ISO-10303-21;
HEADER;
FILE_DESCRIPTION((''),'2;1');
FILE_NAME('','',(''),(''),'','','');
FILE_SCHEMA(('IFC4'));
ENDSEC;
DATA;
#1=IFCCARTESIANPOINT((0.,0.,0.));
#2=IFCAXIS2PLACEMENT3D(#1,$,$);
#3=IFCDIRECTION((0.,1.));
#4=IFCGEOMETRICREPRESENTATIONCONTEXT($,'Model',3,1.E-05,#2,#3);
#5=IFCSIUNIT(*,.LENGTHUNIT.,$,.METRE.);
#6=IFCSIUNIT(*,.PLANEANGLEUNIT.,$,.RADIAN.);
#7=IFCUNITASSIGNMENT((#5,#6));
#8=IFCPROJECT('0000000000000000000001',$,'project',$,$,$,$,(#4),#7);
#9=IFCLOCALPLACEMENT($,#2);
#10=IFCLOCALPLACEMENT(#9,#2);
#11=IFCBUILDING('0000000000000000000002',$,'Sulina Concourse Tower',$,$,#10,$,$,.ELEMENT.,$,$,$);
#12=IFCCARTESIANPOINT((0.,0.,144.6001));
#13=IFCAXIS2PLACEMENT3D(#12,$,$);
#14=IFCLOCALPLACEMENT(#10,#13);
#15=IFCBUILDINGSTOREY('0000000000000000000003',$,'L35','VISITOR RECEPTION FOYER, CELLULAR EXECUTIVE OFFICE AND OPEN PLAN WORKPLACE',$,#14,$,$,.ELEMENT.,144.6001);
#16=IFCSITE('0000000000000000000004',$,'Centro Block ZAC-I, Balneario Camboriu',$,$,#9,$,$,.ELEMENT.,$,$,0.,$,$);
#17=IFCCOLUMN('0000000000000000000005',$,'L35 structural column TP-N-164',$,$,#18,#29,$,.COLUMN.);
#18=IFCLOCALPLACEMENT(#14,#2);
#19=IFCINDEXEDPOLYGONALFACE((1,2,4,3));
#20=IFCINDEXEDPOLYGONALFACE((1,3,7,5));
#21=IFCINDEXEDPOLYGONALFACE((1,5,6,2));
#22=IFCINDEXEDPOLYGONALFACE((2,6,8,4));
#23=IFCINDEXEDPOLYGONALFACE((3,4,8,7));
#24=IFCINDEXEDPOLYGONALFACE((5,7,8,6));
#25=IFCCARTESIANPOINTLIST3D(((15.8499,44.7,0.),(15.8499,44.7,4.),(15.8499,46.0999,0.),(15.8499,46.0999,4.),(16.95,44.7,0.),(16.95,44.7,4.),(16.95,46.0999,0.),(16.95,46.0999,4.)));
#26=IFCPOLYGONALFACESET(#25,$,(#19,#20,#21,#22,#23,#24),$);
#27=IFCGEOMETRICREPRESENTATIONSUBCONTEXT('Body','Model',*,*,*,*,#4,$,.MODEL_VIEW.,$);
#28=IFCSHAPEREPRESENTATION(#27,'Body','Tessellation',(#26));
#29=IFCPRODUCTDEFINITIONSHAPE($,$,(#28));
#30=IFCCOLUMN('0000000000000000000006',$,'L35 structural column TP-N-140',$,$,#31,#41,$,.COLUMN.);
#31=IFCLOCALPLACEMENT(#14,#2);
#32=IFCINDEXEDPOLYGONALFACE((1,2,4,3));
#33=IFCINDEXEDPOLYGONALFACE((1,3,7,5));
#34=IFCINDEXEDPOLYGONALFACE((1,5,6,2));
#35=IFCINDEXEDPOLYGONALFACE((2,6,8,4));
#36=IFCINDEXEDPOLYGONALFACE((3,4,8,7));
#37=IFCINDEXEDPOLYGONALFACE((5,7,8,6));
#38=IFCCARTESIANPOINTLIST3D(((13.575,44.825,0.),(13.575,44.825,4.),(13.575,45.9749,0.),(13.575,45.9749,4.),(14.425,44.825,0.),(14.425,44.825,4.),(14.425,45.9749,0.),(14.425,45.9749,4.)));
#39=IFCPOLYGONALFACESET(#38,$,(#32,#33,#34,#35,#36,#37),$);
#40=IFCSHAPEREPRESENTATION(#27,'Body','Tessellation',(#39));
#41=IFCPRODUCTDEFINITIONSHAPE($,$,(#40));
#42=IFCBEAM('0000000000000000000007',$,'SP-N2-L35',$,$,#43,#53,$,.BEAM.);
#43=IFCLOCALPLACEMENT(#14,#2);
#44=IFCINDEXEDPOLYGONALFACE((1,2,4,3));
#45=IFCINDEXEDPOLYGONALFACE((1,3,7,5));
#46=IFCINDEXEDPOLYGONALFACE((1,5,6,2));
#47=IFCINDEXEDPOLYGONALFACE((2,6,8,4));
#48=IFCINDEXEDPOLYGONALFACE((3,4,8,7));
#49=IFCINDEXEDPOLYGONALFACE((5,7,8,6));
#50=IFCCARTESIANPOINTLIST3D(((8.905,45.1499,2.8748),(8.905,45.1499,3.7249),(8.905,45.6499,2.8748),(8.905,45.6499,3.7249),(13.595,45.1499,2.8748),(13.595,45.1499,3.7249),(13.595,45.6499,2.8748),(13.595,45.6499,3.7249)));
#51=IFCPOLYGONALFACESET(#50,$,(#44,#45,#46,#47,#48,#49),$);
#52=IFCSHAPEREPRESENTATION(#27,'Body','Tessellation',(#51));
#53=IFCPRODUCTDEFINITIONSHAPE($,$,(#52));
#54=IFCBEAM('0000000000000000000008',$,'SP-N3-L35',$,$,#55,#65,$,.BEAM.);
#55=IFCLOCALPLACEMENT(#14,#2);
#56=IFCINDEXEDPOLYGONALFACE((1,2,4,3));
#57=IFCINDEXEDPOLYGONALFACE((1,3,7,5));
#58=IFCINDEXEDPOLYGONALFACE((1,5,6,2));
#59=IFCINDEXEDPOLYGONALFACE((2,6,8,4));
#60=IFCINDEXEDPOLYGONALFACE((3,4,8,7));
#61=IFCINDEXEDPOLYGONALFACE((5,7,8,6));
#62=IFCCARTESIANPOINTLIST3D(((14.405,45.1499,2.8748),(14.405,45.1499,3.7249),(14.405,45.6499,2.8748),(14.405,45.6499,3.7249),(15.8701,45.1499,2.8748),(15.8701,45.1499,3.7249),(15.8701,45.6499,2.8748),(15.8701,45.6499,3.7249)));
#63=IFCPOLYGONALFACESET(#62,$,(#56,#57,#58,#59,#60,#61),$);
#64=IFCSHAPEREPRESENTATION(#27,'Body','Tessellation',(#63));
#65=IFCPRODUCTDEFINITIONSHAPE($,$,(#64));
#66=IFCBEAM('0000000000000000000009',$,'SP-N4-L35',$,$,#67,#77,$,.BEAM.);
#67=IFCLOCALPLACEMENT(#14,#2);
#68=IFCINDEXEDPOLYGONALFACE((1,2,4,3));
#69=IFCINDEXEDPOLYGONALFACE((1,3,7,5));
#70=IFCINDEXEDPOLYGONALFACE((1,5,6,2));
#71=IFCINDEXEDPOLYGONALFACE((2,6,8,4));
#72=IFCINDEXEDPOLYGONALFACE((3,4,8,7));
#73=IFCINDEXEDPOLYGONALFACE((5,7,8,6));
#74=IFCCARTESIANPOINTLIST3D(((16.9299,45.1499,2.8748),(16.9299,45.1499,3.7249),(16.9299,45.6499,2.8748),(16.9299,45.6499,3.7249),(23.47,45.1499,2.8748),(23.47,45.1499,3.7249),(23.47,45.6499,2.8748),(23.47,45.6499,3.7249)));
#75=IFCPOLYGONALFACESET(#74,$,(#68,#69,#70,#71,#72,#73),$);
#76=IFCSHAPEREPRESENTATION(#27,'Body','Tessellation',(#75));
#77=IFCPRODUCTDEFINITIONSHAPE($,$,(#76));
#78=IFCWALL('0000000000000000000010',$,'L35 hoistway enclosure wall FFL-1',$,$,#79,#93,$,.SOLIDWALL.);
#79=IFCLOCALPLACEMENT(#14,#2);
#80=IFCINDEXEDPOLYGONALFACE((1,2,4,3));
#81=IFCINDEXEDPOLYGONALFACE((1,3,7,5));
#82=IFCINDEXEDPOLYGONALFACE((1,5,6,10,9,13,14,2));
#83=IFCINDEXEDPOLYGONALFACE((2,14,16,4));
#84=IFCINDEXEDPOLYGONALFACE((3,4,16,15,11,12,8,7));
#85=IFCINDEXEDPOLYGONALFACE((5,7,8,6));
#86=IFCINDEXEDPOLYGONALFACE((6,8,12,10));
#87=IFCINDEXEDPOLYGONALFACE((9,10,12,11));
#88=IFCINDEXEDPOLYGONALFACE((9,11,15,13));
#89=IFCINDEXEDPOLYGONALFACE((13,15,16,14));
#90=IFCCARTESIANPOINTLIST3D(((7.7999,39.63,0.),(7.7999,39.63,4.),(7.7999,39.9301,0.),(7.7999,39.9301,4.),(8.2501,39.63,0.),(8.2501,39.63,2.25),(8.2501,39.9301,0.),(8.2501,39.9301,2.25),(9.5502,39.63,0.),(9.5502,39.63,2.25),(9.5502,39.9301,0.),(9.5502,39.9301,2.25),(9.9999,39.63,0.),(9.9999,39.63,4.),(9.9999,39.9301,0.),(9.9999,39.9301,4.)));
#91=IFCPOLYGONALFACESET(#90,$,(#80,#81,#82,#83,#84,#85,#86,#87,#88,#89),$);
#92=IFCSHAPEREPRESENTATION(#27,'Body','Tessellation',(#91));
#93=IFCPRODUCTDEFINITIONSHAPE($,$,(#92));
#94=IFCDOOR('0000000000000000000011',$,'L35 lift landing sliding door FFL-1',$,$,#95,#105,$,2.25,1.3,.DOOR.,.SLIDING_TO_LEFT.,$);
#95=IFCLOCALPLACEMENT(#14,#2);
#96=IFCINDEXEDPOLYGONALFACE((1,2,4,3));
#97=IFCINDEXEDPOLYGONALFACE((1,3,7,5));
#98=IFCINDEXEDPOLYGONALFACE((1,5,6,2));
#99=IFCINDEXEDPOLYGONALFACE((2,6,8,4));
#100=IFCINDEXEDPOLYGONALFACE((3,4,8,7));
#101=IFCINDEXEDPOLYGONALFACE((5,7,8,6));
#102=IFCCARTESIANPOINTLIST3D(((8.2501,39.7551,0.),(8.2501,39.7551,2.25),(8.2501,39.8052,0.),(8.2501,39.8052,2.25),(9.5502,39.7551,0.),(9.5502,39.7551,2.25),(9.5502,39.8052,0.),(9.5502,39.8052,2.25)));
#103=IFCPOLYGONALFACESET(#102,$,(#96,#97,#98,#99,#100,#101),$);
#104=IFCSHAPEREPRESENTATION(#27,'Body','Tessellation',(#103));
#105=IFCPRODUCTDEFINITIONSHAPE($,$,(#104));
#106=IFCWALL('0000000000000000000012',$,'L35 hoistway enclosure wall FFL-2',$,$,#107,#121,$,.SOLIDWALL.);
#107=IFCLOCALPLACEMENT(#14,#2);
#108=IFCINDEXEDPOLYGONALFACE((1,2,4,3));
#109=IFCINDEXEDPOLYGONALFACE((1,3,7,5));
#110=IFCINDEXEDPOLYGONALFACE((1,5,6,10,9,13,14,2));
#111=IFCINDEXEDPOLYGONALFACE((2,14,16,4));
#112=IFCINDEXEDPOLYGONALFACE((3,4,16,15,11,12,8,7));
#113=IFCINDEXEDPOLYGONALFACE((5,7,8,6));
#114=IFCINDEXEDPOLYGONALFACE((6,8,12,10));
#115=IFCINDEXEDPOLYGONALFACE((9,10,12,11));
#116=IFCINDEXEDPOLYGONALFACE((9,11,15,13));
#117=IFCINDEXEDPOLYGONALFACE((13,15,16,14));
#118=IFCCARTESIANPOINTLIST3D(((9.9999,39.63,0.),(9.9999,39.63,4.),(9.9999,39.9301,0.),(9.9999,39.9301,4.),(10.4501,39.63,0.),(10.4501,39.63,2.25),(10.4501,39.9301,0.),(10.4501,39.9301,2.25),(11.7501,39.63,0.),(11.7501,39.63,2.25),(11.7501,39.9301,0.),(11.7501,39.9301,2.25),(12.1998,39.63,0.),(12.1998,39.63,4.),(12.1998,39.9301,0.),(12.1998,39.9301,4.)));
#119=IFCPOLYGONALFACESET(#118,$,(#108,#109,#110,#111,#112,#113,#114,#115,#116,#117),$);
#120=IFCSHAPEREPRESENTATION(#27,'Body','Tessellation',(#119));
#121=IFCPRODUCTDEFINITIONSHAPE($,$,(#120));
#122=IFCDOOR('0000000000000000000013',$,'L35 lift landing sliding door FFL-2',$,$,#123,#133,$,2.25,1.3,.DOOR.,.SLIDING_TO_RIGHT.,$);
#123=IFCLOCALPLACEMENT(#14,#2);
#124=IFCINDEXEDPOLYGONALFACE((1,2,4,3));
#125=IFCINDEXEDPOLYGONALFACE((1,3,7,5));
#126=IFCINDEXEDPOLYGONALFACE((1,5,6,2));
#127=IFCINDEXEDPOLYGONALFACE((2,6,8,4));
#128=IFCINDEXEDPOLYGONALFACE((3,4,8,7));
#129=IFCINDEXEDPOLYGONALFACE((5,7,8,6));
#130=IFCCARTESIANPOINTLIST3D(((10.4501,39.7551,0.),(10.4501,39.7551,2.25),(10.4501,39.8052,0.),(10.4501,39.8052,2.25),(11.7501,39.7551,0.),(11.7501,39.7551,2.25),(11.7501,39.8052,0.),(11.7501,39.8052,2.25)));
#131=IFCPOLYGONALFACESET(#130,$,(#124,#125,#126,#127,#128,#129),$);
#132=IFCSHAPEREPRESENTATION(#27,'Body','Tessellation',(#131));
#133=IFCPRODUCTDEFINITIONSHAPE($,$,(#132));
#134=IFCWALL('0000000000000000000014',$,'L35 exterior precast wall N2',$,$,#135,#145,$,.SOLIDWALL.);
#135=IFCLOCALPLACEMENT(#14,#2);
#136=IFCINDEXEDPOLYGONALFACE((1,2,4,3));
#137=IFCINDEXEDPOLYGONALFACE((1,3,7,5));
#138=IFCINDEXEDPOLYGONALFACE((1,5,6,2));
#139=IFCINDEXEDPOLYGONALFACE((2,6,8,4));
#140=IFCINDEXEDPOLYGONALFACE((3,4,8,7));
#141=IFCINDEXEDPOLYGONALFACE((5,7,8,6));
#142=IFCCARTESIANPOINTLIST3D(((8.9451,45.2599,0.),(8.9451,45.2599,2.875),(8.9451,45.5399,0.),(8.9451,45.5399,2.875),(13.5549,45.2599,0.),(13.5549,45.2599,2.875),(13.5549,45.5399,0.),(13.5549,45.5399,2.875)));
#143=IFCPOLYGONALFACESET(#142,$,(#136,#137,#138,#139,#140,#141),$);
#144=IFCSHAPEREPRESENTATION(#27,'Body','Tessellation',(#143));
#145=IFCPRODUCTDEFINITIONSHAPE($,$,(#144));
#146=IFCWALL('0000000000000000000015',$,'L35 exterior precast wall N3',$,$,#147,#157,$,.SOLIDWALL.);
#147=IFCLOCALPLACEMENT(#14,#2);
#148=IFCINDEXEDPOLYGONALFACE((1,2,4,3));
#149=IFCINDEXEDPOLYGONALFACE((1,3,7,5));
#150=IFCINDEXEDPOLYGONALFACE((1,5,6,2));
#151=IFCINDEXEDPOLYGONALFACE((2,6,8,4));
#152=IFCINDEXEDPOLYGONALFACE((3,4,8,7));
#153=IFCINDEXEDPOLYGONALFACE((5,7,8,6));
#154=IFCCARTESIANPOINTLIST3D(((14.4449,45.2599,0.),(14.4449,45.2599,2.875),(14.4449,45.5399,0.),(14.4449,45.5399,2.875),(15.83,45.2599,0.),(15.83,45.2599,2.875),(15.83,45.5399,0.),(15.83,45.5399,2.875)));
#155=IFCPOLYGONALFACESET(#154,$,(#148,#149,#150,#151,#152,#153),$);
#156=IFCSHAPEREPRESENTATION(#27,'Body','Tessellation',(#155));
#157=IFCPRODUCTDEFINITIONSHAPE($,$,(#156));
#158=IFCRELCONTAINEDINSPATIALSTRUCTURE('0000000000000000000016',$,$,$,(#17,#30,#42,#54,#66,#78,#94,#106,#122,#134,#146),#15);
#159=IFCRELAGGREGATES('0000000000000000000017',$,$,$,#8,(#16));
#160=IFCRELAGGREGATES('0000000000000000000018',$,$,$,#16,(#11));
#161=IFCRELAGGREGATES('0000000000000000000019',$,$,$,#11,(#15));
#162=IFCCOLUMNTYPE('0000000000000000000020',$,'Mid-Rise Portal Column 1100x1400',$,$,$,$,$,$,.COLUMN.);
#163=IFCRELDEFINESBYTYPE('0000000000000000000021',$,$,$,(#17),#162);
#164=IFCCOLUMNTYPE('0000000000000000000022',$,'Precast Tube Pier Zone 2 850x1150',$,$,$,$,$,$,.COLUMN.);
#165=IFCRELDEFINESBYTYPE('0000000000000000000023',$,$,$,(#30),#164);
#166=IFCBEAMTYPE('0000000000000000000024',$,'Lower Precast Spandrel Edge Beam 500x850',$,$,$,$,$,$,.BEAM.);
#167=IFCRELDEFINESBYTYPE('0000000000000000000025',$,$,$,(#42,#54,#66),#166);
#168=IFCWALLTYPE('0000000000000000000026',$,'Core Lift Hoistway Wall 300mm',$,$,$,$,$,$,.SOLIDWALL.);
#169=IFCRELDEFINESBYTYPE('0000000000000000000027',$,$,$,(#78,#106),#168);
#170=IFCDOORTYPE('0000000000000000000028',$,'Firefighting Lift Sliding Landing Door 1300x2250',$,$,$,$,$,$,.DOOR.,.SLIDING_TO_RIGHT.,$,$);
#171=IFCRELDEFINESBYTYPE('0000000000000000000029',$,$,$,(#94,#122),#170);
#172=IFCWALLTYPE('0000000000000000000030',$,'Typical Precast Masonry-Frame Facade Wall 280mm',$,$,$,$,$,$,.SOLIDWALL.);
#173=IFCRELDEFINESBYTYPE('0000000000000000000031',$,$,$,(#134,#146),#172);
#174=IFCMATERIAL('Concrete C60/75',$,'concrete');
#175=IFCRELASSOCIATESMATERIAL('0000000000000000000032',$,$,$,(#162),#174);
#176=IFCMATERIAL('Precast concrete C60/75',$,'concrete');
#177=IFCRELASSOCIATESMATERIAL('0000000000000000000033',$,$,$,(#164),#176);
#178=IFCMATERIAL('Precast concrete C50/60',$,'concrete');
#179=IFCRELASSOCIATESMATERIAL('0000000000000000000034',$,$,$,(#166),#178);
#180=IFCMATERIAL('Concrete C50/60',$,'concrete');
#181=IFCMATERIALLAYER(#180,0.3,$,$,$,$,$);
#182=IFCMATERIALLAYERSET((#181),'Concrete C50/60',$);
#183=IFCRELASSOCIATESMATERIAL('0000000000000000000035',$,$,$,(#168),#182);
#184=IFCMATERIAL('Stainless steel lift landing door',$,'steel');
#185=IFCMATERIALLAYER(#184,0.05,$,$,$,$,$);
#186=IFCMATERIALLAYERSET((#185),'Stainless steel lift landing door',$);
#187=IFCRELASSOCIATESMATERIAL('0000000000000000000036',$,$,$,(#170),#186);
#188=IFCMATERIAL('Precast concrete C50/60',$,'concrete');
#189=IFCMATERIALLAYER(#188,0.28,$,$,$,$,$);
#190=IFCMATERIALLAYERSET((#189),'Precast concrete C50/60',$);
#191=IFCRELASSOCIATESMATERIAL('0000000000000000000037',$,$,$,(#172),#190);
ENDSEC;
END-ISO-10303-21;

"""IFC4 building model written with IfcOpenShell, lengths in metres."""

from ifc_helpers import new_model, si_unit, direction, frame, frame_2d, origin, origin_2d, place, context, subcontext, project, spatial, rectangle, extrude, material, layer, layer_set, material_profile, profile_set, type_object, element, fill, save


model = new_model("IFC4")

# Units and contexts
model_context = context("Model", 3, precision=1e-05, world=origin(), true_north=direction((0.0, 1.0)))
body_context = subcontext(model_context, "Body", "Model", "MODEL_VIEW")
ifc_project = project(units=[si_unit("LENGTHUNIT", "METRE"), si_unit("PLANEANGLEUNIT", "RADIAN")], contexts=[model_context])

# Site, building, storey
site_placement = place(None, origin())
site = spatial("IfcSite", under=ifc_project, at=site_placement, Name="Centro Block ZAC-I, Balneario Camboriu", CompositionType="ELEMENT", RefElevation=0.0)
building_placement = place(site_placement, origin())
building = spatial("IfcBuilding", under=site, at=building_placement, Name="Sulina Concourse Tower", CompositionType="ELEMENT")
storey_placement = place(building_placement, frame((0.0, 0.0, 144.6001)))
storey = spatial("IfcBuildingStorey", under=building, at=storey_placement, Name="L35", Description="VISITOR RECEPTION FOYER, CELLULAR EXECUTIVE OFFICE AND OPEN PLAN WORKPLACE", CompositionType="ELEMENT", Elevation=144.6001)

# Columns
ifc_material_1 = material(Name="Concrete C60/75", Category="concrete")
ifc_material_profile_1 = material_profile(ifc_material_1, rectangle(XDim=1.1001, YDim=1.3999, at=origin_2d()), Name="RC 1100x1400")
ifc_profile_set_1 = profile_set([ifc_material_profile_1], Name="Concrete C60/75")
column_type_1 = type_object("IfcColumnType", Name="Mid-Rise Portal Column 1100x1400", PredefinedType="COLUMN", material=ifc_profile_set_1)
column_1_placement = place(storey_placement, frame((16.3999, 45.3999, 0.0), z_axis=(0.0, 0.0, 1.0), x_axis=(1.0, 0.0, 0.0)))
element("IfcColumn", 1, at=column_1_placement, inside=storey, type_object=column_type_1, Name="L35 structural column TP-N-164", PredefinedType="COLUMN", context=body_context, shape_type="SweptSolid", body=[
    extrude(rectangle(XDim=1.1001, YDim=1.3999, at=origin_2d()), origin(), (0.0, 0.0, 1.0), 4.0),
])
ifc_material_2 = material(Name="Precast concrete C60/75", Category="concrete")
ifc_material_profile_2 = material_profile(ifc_material_2, rectangle(XDim=0.8501, YDim=1.1499, at=origin_2d()), Name="PC 850x1150")
ifc_profile_set_2 = profile_set([ifc_material_profile_2], Name="Precast concrete C60/75")
column_type_2 = type_object("IfcColumnType", Name="Precast Tube Pier Zone 2 850x1150", PredefinedType="COLUMN", material=ifc_profile_set_2)
column_2_placement = place(storey_placement, frame((14.0, 45.3999, 0.0), z_axis=(0.0, 0.0, 1.0), x_axis=(1.0, 0.0, 0.0)))
element("IfcColumn", 2, at=column_2_placement, inside=storey, type_object=column_type_2, Name="L35 structural column TP-N-140", PredefinedType="COLUMN", context=body_context, shape_type="SweptSolid", body=[
    extrude(rectangle(XDim=0.8501, YDim=1.1499, at=origin_2d()), origin(), (0.0, 0.0, 1.0), 4.0),
])

# Beams
ifc_material_3 = material(Name="Precast concrete C50/60", Category="concrete")
ifc_material_profile_3 = material_profile(ifc_material_3, rectangle(XDim=0.5, YDim=0.8501, at=origin_2d()), Name="RC 500x850")
ifc_profile_set_3 = profile_set([ifc_material_profile_3], Name="Precast concrete C50/60")
beam_type = type_object("IfcBeamType", Name="Lower Precast Spandrel Edge Beam 500x850", PredefinedType="BEAM", material=ifc_profile_set_3)
beam_1_placement = place(storey_placement, frame((8.905, 45.3999, 3.2998), z_axis=(1.0, 0.0, 0.0), x_axis=(0.0, 1.0, 0.0)))
element("IfcBeam", 3, at=beam_1_placement, inside=storey, type_object=beam_type, Name="SP-N2-L35", PredefinedType="BEAM", context=body_context, shape_type="SweptSolid", body=[
    extrude(rectangle(XDim=0.5, YDim=0.8501, at=origin_2d()), origin(), (0.0, 0.0, 1.0), 4.6899),
])
beam_2_placement = place(storey_placement, frame((14.405, 45.3999, 3.2998), z_axis=(1.0, 0.0, 0.0), x_axis=(0.0, 1.0, 0.0)))
element("IfcBeam", 4, at=beam_2_placement, inside=storey, type_object=beam_type, Name="SP-N3-L35", PredefinedType="BEAM", context=body_context, shape_type="SweptSolid", body=[
    extrude(rectangle(XDim=0.5, YDim=0.8501, at=origin_2d()), origin(), (0.0, 0.0, 1.0), 1.4651),
])
beam_3_placement = place(storey_placement, frame((16.9299, 45.3999, 3.2998), z_axis=(1.0, 0.0, 0.0), x_axis=(0.0, 1.0, 0.0)))
element("IfcBeam", 5, at=beam_3_placement, inside=storey, type_object=beam_type, Name="SP-N4-L35", PredefinedType="BEAM", context=body_context, shape_type="SweptSolid", body=[
    extrude(rectangle(XDim=0.5, YDim=0.8501, at=origin_2d()), origin(), (0.0, 0.0, 1.0), 6.54),
])

# Walls, openings, doors
ifc_material_4 = material(Name="Concrete C50/60", Category="concrete")
ifc_layer_1 = layer(ifc_material_4, 0.3)
ifc_layer_set_1 = layer_set([ifc_layer_1], Name="Concrete C50/60")
wall_type_1 = type_object("IfcWallType", Name="Core Lift Hoistway Wall 300mm", PredefinedType="SOLIDWALL", material=ifc_layer_set_1)
wall_1_placement = place(storey_placement, frame((10.0, 39.78, 0.0), z_axis=(0.0, 0.0, 1.0), x_axis=(-1.0, 0.0, 0.0)))
wall_1 = element("IfcWall", 6, at=wall_1_placement, inside=storey, type_object=wall_type_1, Name="L35 hoistway enclosure wall FFL-1", PredefinedType="SOLIDWALL", context=body_context, shape_type="SweptSolid", body=[
    extrude(rectangle(XDim=2.2, YDim=0.3, at=frame_2d((1.1001, 0.0))), origin(), (0.0, 0.0, 1.0), 4.0),
])
opening_1_placement = place(wall_1_placement, frame((0.45, 0.0, 0.0)))
opening_1 = element("IfcOpeningElement", 7, at=opening_1_placement, cuts=wall_1, PredefinedType="OPENING", context=body_context, shape_type="SweptSolid", body=[
    extrude(rectangle(XDim=1.3, YDim=2.25, at=frame_2d((0.6499, 1.125))), frame((0.0, 0.1599, 0.0), z_axis=(0.0, -1.0, 0.0), x_axis=(1.0, 0.0, 0.0)), (0.0, 0.0, 1.0), 0.3201),
])
ifc_material_5 = material(Name="Stainless steel lift landing door", Category="steel")
ifc_layer_2 = layer(ifc_material_5, 0.05)
ifc_layer_set_2 = layer_set([ifc_layer_2], Name="Stainless steel lift landing door")
door_type = type_object("IfcDoorType", Name="Firefighting Lift Sliding Landing Door 1300x2250", OperationType="SLIDING_TO_RIGHT", PredefinedType="DOOR", material=ifc_layer_set_2)
door_1_placement = place(opening_1_placement, origin())
door_1 = element("IfcDoor", 8, at=door_1_placement, inside=storey, type_object=door_type, Name="L35 lift landing sliding door FFL-1", OperationType="SLIDING_TO_LEFT", OverallHeight=2.25, OverallWidth=1.3, PredefinedType="DOOR", context=body_context, shape_type="SweptSolid", body=[
    extrude(rectangle(XDim=1.3, YDim=2.25, at=frame_2d((0.6499, 1.125))), frame((0.0, 0.0249, 0.0), z_axis=(0.0, -1.0, 0.0), x_axis=(1.0, 0.0, 0.0)), (0.0, 0.0, 1.0), 0.05),
])
fill(opening_1, door_1)
wall_2_placement = place(storey_placement, frame((12.2, 39.78, 0.0), z_axis=(0.0, 0.0, 1.0), x_axis=(-1.0, 0.0, 0.0)))
wall_2 = element("IfcWall", 9, at=wall_2_placement, inside=storey, type_object=wall_type_1, Name="L35 hoistway enclosure wall FFL-2", PredefinedType="SOLIDWALL", context=body_context, shape_type="SweptSolid", body=[
    extrude(rectangle(XDim=2.2, YDim=0.3, at=frame_2d((1.1001, 0.0))), origin(), (0.0, 0.0, 1.0), 4.0),
])
opening_2_placement = place(wall_2_placement, frame((0.45, 0.0, 0.0)))
opening_2 = element("IfcOpeningElement", 10, at=opening_2_placement, cuts=wall_2, PredefinedType="OPENING", context=body_context, shape_type="SweptSolid", body=[
    extrude(rectangle(XDim=1.3, YDim=2.25, at=frame_2d((0.6499, 1.125))), frame((0.0, 0.1599, 0.0), z_axis=(0.0, -1.0, 0.0), x_axis=(1.0, 0.0, 0.0)), (0.0, 0.0, 1.0), 0.3201),
])
door_2_placement = place(opening_2_placement, origin())
door_2 = element("IfcDoor", 11, at=door_2_placement, inside=storey, type_object=door_type, Name="L35 lift landing sliding door FFL-2", OperationType="SLIDING_TO_RIGHT", OverallHeight=2.25, OverallWidth=1.3, PredefinedType="DOOR", context=body_context, shape_type="SweptSolid", body=[
    extrude(rectangle(XDim=1.3, YDim=2.25, at=frame_2d((0.6499, 1.125))), frame((0.0, 0.0249, 0.0), z_axis=(0.0, -1.0, 0.0), x_axis=(1.0, 0.0, 0.0)), (0.0, 0.0, 1.0), 0.05),
])
fill(opening_2, door_2)

# Walls
ifc_material_6 = material(Name="Precast concrete C50/60", Category="concrete")
ifc_layer_3 = layer(ifc_material_6, 0.28)
ifc_layer_set_3 = layer_set([ifc_layer_3], Name="Precast concrete C50/60")
wall_type_2 = type_object("IfcWallType", Name="Typical Precast Masonry-Frame Facade Wall 280mm", PredefinedType="SOLIDWALL", material=ifc_layer_set_3)
wall_3_placement = place(storey_placement, frame((8.9451, 45.3999, 0.0), z_axis=(0.0, 0.0, 1.0), x_axis=(1.0, 0.0, 0.0)))
element("IfcWall", 12, at=wall_3_placement, inside=storey, type_object=wall_type_2, Name="L35 exterior precast wall N2", PredefinedType="SOLIDWALL", context=body_context, shape_type="SweptSolid", body=[
    extrude(rectangle(XDim=4.6099, YDim=0.28, at=frame_2d((2.3049, 0.0))), origin(), (0.0, 0.0, 1.0), 2.875),
])
wall_4_placement = place(storey_placement, frame((14.4451, 45.3999, 0.0), z_axis=(0.0, 0.0, 1.0), x_axis=(1.0, 0.0, 0.0)))
element("IfcWall", 13, at=wall_4_placement, inside=storey, type_object=wall_type_2, Name="L35 exterior precast wall N3", PredefinedType="SOLIDWALL", context=body_context, shape_type="SweptSolid", body=[
    extrude(rectangle(XDim=1.385, YDim=0.28, at=frame_2d((0.6924, 0.0))), origin(), (0.0, 0.0, 1.0), 2.875),
])

save(model, "model.ifc")
